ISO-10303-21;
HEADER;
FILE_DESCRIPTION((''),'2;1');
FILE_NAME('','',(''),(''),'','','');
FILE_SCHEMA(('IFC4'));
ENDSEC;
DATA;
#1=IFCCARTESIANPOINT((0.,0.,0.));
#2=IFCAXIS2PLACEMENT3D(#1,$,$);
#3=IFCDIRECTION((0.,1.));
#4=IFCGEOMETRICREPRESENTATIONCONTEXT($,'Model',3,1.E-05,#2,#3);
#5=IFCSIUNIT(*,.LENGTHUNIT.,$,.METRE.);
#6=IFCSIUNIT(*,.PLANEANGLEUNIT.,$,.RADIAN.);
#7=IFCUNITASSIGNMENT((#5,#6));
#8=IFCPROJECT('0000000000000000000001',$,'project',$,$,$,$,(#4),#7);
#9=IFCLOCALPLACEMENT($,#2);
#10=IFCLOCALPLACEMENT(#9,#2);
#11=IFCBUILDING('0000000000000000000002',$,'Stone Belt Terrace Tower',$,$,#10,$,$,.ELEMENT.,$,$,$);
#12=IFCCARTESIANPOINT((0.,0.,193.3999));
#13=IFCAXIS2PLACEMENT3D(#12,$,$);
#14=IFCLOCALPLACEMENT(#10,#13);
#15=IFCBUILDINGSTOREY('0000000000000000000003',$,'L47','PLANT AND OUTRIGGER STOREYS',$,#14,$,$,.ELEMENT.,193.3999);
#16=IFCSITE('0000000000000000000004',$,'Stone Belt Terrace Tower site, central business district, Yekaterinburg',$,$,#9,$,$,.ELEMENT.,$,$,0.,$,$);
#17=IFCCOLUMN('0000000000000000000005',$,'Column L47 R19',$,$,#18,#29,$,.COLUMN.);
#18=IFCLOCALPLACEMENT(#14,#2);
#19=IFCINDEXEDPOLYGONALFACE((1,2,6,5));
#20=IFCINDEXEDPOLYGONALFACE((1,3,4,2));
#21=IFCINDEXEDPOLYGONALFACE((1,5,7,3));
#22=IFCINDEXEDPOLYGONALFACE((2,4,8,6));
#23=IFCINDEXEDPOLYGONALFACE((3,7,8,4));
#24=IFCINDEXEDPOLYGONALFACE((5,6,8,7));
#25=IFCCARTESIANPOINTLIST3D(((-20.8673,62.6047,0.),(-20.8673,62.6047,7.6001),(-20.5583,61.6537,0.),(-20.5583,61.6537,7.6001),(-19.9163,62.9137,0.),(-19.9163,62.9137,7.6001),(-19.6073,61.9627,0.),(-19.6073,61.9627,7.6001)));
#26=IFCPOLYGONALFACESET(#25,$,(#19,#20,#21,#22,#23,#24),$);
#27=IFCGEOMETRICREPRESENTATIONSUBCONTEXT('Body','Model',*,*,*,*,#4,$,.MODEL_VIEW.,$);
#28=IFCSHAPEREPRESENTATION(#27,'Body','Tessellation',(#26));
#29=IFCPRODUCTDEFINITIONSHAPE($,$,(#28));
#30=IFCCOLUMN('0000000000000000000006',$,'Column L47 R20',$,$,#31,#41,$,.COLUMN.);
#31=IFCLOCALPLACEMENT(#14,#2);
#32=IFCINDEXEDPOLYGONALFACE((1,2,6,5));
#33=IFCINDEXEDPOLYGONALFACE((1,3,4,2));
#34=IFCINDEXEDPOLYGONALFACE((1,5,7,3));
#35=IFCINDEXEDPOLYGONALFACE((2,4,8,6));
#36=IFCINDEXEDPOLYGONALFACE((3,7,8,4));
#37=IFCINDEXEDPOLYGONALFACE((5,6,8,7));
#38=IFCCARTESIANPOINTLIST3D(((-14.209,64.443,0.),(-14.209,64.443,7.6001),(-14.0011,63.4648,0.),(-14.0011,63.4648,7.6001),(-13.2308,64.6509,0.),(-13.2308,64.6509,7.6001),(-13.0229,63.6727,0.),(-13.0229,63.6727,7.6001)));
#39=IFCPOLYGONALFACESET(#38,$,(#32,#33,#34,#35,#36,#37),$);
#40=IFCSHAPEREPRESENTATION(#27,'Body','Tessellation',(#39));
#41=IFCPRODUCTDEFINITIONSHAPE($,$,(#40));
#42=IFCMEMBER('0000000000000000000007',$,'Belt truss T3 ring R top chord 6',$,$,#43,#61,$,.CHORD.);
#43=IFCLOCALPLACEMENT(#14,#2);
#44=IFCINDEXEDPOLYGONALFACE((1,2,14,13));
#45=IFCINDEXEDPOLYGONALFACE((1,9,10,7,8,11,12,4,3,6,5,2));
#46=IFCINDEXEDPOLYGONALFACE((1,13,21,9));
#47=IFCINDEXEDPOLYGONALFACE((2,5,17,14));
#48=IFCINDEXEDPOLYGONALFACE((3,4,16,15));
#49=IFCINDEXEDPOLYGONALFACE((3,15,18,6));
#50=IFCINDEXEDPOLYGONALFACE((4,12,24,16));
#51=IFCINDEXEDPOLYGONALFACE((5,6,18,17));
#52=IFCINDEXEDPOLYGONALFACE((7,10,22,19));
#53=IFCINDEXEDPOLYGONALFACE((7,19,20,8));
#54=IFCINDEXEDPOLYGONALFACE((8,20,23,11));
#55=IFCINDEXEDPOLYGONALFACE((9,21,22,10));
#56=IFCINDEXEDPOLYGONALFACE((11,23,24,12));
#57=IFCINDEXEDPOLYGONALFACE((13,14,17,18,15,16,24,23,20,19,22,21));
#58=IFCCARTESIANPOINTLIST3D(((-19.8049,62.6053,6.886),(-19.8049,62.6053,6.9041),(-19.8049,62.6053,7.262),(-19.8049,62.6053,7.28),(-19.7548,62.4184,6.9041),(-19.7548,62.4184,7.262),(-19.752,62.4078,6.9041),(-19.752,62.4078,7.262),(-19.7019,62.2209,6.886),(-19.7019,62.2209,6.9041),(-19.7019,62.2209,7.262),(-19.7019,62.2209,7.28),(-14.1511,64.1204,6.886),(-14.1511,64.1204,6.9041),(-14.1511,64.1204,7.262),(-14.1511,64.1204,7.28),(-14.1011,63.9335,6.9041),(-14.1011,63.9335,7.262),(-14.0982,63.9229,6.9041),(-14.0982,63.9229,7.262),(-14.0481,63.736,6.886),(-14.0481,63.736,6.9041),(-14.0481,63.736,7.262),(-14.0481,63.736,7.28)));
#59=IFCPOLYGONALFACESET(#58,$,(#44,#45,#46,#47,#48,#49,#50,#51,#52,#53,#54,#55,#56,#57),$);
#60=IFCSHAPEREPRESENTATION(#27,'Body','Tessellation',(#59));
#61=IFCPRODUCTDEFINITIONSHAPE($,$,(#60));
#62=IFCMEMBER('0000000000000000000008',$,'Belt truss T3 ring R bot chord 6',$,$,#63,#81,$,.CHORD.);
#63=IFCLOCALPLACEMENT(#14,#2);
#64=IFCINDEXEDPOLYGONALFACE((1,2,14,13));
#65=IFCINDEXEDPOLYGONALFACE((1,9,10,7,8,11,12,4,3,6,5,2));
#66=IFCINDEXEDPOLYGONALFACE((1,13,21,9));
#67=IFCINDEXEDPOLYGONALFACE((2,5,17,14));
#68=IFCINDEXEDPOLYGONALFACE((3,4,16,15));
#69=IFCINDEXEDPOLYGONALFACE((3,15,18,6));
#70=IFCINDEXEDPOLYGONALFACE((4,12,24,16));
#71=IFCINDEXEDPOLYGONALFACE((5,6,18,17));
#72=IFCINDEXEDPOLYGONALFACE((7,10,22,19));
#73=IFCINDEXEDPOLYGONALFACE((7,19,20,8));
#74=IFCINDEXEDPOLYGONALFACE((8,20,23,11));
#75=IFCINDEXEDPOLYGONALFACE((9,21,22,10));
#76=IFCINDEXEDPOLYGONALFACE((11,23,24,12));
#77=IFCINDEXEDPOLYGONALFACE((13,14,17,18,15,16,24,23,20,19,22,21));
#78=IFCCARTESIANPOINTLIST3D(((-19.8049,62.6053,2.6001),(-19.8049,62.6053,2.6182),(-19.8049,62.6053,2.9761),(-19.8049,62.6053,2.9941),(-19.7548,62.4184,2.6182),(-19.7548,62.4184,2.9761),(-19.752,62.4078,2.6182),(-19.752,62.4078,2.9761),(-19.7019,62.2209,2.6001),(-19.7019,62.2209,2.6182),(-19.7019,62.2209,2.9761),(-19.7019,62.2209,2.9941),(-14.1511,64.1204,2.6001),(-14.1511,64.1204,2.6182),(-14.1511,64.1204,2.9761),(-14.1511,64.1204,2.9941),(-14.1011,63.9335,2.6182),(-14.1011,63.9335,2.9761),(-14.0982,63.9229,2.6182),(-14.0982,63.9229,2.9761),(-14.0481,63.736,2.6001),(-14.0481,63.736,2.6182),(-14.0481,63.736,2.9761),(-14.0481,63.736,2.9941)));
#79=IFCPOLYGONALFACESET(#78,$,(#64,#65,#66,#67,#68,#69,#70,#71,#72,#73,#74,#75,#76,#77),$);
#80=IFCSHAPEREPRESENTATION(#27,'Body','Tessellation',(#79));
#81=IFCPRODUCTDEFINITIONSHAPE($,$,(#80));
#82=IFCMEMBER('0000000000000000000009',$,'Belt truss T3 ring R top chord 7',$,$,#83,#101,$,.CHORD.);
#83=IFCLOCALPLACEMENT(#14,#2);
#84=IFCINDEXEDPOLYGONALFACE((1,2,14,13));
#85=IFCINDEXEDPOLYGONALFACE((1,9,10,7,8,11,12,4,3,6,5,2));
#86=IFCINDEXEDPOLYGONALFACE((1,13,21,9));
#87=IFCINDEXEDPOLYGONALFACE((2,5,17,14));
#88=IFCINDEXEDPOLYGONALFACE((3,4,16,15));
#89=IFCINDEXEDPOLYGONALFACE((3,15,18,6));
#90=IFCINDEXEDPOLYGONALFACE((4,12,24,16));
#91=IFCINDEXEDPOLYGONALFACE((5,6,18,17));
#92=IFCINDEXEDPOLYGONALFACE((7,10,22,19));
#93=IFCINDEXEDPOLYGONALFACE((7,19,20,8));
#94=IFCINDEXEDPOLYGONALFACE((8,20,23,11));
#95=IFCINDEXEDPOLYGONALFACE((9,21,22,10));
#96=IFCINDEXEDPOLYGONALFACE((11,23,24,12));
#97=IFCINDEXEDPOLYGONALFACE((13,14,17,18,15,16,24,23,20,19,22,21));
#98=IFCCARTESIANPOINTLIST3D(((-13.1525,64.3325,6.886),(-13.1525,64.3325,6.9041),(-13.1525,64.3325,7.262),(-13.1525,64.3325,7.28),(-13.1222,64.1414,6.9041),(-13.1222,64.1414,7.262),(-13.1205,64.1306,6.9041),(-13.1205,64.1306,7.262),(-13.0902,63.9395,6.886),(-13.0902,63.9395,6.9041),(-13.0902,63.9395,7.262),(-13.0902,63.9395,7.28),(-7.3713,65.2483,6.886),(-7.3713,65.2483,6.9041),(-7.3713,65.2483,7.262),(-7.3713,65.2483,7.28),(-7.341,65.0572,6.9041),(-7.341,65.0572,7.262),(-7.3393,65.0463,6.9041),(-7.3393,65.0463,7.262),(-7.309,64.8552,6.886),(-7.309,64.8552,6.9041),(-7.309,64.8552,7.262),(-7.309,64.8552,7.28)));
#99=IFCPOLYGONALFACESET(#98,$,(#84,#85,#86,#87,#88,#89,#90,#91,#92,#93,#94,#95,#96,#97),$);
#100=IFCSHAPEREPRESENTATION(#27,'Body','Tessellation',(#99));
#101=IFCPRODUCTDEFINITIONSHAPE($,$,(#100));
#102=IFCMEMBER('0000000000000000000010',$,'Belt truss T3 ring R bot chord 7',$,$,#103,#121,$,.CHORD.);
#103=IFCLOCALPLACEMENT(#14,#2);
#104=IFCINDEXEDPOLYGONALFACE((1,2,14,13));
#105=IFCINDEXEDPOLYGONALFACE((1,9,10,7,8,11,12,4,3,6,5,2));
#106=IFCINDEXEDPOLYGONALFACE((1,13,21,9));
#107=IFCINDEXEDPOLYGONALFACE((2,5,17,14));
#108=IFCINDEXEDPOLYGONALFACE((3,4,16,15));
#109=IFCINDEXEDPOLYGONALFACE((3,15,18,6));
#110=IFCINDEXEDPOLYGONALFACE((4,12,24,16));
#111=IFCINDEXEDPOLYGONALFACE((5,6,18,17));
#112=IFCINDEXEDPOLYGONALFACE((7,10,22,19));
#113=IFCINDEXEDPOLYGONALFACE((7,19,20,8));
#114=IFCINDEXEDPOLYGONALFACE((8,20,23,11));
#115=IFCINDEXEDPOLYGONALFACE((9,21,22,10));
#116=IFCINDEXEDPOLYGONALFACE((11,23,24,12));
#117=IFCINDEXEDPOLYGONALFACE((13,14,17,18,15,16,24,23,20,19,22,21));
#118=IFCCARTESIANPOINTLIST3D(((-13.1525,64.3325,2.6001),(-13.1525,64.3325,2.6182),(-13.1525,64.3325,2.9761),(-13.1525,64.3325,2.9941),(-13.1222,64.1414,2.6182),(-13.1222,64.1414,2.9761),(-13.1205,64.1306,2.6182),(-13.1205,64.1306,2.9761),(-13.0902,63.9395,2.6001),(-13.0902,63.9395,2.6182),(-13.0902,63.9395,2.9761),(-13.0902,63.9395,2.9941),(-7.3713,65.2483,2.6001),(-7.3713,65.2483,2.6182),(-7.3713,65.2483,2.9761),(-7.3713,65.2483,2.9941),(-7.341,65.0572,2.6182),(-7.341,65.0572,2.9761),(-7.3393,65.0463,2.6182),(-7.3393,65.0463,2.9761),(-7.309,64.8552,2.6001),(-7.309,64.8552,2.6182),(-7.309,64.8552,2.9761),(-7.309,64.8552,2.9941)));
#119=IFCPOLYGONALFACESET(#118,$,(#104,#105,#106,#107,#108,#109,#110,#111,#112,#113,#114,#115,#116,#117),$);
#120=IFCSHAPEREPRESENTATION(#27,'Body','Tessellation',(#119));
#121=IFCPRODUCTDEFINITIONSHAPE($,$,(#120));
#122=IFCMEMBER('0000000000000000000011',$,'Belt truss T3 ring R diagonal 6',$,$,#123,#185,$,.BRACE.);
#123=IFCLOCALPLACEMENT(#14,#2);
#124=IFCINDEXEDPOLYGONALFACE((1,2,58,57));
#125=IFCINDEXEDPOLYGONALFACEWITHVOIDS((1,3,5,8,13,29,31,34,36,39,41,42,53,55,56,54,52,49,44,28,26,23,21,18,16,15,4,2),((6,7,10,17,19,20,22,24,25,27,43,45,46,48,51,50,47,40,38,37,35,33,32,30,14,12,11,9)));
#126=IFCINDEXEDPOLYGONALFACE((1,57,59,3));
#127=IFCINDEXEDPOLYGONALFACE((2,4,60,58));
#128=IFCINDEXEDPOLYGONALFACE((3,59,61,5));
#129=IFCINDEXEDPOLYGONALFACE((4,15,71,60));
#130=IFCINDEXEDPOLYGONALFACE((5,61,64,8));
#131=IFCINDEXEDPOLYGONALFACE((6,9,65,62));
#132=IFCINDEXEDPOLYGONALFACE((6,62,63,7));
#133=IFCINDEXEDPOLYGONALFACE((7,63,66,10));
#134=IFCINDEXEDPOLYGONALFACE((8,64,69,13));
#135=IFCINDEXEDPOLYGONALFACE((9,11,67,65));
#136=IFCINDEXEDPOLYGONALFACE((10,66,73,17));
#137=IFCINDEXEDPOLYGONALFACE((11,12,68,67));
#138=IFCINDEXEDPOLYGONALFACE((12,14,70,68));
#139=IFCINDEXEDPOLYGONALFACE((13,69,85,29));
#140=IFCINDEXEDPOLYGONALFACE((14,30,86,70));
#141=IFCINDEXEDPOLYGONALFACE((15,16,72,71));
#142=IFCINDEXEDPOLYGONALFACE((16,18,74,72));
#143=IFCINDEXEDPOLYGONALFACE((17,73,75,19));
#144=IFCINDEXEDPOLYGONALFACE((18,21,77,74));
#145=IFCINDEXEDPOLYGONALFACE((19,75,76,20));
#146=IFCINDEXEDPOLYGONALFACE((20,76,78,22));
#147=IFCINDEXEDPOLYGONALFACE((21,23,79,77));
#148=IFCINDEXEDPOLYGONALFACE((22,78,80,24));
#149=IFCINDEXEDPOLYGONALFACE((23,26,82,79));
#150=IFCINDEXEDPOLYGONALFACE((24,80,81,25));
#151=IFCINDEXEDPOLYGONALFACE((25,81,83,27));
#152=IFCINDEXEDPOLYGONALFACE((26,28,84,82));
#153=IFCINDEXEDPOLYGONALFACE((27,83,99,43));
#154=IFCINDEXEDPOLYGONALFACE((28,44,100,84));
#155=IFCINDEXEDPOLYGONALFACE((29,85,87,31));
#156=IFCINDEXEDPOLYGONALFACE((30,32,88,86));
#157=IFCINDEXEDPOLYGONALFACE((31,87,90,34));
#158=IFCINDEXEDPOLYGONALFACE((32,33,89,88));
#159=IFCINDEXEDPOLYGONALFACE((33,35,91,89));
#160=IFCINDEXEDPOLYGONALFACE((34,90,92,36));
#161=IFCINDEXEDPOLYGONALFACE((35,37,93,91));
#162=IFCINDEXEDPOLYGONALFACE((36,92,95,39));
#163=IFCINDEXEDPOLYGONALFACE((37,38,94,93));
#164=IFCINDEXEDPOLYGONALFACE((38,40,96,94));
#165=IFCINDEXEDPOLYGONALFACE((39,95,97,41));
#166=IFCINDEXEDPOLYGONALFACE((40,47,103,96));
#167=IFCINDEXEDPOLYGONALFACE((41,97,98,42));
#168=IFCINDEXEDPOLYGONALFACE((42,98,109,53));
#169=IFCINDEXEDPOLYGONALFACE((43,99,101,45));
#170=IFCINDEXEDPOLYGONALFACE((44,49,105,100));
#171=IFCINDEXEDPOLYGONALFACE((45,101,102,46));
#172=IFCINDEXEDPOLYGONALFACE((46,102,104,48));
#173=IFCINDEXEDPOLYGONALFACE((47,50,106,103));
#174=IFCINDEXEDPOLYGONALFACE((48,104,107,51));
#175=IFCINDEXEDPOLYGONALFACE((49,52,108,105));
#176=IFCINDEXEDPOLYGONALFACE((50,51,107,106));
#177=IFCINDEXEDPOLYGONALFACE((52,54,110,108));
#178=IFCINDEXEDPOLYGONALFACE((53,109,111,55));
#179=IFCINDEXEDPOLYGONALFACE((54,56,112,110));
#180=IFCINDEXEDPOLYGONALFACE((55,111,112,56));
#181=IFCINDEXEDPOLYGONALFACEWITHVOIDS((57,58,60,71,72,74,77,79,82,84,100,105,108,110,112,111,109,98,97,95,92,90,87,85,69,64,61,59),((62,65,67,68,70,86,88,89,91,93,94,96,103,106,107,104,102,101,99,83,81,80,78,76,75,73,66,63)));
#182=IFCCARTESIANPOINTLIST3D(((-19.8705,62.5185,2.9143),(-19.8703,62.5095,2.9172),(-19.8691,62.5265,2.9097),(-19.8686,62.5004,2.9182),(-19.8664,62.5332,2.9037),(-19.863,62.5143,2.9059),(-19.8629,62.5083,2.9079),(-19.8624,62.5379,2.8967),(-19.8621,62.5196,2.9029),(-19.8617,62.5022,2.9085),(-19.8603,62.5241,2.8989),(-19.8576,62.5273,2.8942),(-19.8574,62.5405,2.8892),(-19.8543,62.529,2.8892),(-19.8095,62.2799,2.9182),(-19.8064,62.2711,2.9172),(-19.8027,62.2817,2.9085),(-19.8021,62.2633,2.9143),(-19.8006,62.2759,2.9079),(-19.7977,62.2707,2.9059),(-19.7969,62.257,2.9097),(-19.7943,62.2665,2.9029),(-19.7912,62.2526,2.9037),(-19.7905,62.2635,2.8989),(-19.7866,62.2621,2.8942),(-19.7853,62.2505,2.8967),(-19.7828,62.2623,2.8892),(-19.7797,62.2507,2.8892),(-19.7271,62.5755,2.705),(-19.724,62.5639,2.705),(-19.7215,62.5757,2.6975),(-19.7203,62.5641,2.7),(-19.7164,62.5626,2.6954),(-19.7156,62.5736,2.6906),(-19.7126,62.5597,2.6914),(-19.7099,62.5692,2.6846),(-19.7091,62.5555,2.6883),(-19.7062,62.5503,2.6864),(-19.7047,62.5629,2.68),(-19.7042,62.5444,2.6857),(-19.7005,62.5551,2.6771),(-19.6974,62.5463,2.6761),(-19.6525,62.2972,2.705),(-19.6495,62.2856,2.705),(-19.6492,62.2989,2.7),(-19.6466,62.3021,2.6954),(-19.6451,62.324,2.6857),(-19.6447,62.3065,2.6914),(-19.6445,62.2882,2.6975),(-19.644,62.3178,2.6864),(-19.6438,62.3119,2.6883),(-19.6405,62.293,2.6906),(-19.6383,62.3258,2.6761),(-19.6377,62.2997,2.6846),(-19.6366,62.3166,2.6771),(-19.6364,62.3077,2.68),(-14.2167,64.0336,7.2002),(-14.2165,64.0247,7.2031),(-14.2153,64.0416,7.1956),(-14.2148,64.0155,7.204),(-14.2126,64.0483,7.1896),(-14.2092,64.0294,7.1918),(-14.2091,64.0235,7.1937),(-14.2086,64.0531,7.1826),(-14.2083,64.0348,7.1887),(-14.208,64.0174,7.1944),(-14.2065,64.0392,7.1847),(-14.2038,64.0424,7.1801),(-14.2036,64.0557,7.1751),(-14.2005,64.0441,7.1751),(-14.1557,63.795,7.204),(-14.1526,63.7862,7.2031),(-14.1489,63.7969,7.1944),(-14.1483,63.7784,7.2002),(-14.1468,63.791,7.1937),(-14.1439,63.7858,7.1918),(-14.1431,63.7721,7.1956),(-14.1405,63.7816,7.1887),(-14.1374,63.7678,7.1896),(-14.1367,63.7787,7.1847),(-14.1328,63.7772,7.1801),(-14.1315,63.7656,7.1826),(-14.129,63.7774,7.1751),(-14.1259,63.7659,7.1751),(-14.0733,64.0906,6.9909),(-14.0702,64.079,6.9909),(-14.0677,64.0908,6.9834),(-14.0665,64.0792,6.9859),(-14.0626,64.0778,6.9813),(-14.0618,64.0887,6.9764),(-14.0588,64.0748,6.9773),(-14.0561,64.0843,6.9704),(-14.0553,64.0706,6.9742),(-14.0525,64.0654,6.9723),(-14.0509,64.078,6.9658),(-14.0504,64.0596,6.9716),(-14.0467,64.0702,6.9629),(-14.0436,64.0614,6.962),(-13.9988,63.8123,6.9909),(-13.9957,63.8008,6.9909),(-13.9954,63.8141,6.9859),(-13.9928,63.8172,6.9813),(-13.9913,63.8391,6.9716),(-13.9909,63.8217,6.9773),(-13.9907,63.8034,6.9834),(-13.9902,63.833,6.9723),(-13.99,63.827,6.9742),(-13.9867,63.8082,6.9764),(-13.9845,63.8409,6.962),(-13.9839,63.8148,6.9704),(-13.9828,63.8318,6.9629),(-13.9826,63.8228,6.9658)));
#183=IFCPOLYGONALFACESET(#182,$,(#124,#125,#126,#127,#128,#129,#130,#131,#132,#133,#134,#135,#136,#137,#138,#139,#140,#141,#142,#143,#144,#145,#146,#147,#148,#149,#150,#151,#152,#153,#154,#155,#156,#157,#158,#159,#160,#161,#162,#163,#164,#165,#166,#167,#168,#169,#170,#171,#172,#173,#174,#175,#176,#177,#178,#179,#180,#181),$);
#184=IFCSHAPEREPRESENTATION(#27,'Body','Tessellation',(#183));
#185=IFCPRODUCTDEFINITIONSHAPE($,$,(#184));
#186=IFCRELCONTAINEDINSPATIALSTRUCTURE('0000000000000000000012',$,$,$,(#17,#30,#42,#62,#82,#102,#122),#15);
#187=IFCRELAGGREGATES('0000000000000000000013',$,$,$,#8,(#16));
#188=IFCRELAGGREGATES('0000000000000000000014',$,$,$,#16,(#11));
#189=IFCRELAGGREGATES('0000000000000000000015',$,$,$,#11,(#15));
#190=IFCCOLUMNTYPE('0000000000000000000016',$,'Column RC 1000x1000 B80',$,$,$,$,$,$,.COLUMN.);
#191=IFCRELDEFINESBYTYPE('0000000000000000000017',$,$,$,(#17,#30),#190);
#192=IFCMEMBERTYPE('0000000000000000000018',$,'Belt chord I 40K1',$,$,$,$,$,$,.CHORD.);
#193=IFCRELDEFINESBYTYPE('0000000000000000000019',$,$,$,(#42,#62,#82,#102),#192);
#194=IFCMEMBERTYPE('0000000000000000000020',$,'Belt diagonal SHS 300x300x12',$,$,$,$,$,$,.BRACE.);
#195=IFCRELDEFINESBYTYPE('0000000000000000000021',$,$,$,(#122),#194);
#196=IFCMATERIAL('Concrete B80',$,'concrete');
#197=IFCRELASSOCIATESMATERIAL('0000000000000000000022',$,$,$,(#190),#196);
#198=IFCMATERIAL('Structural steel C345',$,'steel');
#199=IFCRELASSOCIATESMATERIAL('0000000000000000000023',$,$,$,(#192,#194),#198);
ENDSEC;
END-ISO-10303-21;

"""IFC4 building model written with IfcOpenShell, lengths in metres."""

from ifc_helpers import new_model, si_unit, direction, frame, origin, origin_2d, place, context, subcontext, project, spatial, rectangle, hollow_rectangle, i_section, extrude, material, material_profile, profile_set, type_object, element, save


model = new_model("IFC4")

# Units and contexts
model_context = context("Model", 3, precision=1e-05, world=origin(), true_north=direction((0.0, 1.0)))
body_context = subcontext(model_context, "Body", "Model", "MODEL_VIEW")
ifc_project = project(units=[si_unit("LENGTHUNIT", "METRE"), si_unit("PLANEANGLEUNIT", "RADIAN")], contexts=[model_context])

# Site, building, storey
site_placement = place(None, origin())
site = spatial("IfcSite", under=ifc_project, at=site_placement, Name="Stone Belt Terrace Tower site, central business district, Yekaterinburg", CompositionType="ELEMENT", RefElevation=0.0)
building_placement = place(site_placement, origin())
building = spatial("IfcBuilding", under=site, at=building_placement, Name="Stone Belt Terrace Tower", CompositionType="ELEMENT")
storey_placement = place(building_placement, frame((0.0, 0.0, 193.3999)))
storey = spatial("IfcBuildingStorey", under=building, at=storey_placement, Name="L47", Description="PLANT AND OUTRIGGER STOREYS", CompositionType="ELEMENT", Elevation=193.3999)

# Columns
ifc_material_1 = material(Name="Concrete B80", Category="concrete")
ifc_material_profile_1 = material_profile(ifc_material_1, rectangle(XDim=1.0, YDim=1.0, at=origin_2d()), Name="RC 1000x1000")
ifc_profile_set_1 = profile_set([ifc_material_profile_1], Name="Concrete B80")
column_type = type_object("IfcColumnType", Name="Column RC 1000x1000 B80", PredefinedType="COLUMN", material=ifc_profile_set_1)
for number, where, z_axis, x_axis, name in (
    (1, (-20.2373, 62.2837, 0.0), (0.0, 0.0, 1.0), (0.951057, 0.309017, 0.0), "Column L47 R19"),
    (2, (-13.616, 64.0579, 0.0), (0.0, 0.0, 1.0), (0.978148, 0.207912, 0.0), "Column L47 R20"),
):
    element("IfcColumn", number, at=place(storey_placement, frame(where, z_axis=z_axis, x_axis=x_axis)), inside=storey, type_object=column_type, Name=name, PredefinedType="COLUMN", context=body_context, shape_type="SweptSolid", body=[
        extrude(rectangle(XDim=1.0, YDim=1.0, at=origin_2d()), origin(), (0.0, 0.0, 1.0), 7.6001),
    ])

# Members
ifc_material_2 = material(Name="Structural steel C345", Category="steel")
ifc_material_profile_2 = material_profile(ifc_material_2, i_section(OverallWidth=0.3979, OverallDepth=0.394, WebThickness=0.011, FlangeThickness=0.0181, at=origin_2d()), Name="I 40K1")
ifc_profile_set_2 = profile_set([ifc_material_profile_2], Name="Structural steel C345")
member_type_1 = type_object("IfcMemberType", Name="Belt chord I 40K1", PredefinedType="CHORD", material=ifc_profile_set_2)
for number, where, z_axis, x_axis, name in (
    (3, (-19.7534, 62.4131, 7.083), (0.965917, 0.258851, 0.0), (-0.258851, 0.965917, 0.0), "Belt truss T3 ring R top chord 6"),
    (4, (-19.7534, 62.4131, 2.7971), (0.965917, 0.258851, 0.0), (-0.258851, 0.965917, 0.0), "Belt truss T3 ring R bot chord 6"),
    (5, (-13.1213, 64.136, 7.083), (0.987685, 0.156453, 0.0), (-0.156453, 0.987685, 0.0), "Belt truss T3 ring R top chord 7"),
    (6, (-13.1213, 64.136, 2.7971), (0.987685, 0.156453, 0.0), (-0.156453, 0.987685, 0.0), "Belt truss T3 ring R bot chord 7"),
):
    element("IfcMember", number, at=place(storey_placement, frame(where, z_axis=z_axis, x_axis=x_axis)), inside=storey, type_object=member_type_1, Name=name, PredefinedType="CHORD", context=body_context, shape_type="SweptSolid", body=[
        extrude(i_section(OverallWidth=0.3979, OverallDepth=0.394, WebThickness=0.011, FlangeThickness=0.0181, at=origin_2d()), origin(), (0.0, 0.0, 1.0), 5.8533),
    ])
ifc_material_profile_3 = material_profile(ifc_material_2, hollow_rectangle(XDim=0.3, YDim=0.3, WallThickness=0.012, InnerFilletRadius=0.0239, OuterFilletRadius=0.0359, at=origin_2d()), Name="SHS 300x300x12")
ifc_profile_set_3 = profile_set([ifc_material_profile_3], Name="Structural steel C345")
member_type_2 = type_object("IfcMemberType", Name="Belt diagonal SHS 300x300x12", PredefinedType="BRACE", material=ifc_profile_set_3)
for number, where, z_axis, x_axis, name in (
    (7, (-19.7534, 62.4131, 2.7971), (0.779335, 0.20885, 0.590778), (-0.258851, 0.965917, 0.0), "Belt truss T3 ring R diagonal 6"),
):
    element("IfcMember", number, at=place(storey_placement, frame(where, z_axis=z_axis, x_axis=x_axis)), inside=storey, type_object=member_type_2, Name=name, PredefinedType="BRACE", context=body_context, shape_type="SweptSolid", body=[
        extrude(hollow_rectangle(XDim=0.3, YDim=0.3, WallThickness=0.012, InnerFilletRadius=0.0239, OuterFilletRadius=0.0359, at=origin_2d()), origin(), (0.0, 0.0, 1.0), 7.2546),
    ])

save(model, "model.ifc")
